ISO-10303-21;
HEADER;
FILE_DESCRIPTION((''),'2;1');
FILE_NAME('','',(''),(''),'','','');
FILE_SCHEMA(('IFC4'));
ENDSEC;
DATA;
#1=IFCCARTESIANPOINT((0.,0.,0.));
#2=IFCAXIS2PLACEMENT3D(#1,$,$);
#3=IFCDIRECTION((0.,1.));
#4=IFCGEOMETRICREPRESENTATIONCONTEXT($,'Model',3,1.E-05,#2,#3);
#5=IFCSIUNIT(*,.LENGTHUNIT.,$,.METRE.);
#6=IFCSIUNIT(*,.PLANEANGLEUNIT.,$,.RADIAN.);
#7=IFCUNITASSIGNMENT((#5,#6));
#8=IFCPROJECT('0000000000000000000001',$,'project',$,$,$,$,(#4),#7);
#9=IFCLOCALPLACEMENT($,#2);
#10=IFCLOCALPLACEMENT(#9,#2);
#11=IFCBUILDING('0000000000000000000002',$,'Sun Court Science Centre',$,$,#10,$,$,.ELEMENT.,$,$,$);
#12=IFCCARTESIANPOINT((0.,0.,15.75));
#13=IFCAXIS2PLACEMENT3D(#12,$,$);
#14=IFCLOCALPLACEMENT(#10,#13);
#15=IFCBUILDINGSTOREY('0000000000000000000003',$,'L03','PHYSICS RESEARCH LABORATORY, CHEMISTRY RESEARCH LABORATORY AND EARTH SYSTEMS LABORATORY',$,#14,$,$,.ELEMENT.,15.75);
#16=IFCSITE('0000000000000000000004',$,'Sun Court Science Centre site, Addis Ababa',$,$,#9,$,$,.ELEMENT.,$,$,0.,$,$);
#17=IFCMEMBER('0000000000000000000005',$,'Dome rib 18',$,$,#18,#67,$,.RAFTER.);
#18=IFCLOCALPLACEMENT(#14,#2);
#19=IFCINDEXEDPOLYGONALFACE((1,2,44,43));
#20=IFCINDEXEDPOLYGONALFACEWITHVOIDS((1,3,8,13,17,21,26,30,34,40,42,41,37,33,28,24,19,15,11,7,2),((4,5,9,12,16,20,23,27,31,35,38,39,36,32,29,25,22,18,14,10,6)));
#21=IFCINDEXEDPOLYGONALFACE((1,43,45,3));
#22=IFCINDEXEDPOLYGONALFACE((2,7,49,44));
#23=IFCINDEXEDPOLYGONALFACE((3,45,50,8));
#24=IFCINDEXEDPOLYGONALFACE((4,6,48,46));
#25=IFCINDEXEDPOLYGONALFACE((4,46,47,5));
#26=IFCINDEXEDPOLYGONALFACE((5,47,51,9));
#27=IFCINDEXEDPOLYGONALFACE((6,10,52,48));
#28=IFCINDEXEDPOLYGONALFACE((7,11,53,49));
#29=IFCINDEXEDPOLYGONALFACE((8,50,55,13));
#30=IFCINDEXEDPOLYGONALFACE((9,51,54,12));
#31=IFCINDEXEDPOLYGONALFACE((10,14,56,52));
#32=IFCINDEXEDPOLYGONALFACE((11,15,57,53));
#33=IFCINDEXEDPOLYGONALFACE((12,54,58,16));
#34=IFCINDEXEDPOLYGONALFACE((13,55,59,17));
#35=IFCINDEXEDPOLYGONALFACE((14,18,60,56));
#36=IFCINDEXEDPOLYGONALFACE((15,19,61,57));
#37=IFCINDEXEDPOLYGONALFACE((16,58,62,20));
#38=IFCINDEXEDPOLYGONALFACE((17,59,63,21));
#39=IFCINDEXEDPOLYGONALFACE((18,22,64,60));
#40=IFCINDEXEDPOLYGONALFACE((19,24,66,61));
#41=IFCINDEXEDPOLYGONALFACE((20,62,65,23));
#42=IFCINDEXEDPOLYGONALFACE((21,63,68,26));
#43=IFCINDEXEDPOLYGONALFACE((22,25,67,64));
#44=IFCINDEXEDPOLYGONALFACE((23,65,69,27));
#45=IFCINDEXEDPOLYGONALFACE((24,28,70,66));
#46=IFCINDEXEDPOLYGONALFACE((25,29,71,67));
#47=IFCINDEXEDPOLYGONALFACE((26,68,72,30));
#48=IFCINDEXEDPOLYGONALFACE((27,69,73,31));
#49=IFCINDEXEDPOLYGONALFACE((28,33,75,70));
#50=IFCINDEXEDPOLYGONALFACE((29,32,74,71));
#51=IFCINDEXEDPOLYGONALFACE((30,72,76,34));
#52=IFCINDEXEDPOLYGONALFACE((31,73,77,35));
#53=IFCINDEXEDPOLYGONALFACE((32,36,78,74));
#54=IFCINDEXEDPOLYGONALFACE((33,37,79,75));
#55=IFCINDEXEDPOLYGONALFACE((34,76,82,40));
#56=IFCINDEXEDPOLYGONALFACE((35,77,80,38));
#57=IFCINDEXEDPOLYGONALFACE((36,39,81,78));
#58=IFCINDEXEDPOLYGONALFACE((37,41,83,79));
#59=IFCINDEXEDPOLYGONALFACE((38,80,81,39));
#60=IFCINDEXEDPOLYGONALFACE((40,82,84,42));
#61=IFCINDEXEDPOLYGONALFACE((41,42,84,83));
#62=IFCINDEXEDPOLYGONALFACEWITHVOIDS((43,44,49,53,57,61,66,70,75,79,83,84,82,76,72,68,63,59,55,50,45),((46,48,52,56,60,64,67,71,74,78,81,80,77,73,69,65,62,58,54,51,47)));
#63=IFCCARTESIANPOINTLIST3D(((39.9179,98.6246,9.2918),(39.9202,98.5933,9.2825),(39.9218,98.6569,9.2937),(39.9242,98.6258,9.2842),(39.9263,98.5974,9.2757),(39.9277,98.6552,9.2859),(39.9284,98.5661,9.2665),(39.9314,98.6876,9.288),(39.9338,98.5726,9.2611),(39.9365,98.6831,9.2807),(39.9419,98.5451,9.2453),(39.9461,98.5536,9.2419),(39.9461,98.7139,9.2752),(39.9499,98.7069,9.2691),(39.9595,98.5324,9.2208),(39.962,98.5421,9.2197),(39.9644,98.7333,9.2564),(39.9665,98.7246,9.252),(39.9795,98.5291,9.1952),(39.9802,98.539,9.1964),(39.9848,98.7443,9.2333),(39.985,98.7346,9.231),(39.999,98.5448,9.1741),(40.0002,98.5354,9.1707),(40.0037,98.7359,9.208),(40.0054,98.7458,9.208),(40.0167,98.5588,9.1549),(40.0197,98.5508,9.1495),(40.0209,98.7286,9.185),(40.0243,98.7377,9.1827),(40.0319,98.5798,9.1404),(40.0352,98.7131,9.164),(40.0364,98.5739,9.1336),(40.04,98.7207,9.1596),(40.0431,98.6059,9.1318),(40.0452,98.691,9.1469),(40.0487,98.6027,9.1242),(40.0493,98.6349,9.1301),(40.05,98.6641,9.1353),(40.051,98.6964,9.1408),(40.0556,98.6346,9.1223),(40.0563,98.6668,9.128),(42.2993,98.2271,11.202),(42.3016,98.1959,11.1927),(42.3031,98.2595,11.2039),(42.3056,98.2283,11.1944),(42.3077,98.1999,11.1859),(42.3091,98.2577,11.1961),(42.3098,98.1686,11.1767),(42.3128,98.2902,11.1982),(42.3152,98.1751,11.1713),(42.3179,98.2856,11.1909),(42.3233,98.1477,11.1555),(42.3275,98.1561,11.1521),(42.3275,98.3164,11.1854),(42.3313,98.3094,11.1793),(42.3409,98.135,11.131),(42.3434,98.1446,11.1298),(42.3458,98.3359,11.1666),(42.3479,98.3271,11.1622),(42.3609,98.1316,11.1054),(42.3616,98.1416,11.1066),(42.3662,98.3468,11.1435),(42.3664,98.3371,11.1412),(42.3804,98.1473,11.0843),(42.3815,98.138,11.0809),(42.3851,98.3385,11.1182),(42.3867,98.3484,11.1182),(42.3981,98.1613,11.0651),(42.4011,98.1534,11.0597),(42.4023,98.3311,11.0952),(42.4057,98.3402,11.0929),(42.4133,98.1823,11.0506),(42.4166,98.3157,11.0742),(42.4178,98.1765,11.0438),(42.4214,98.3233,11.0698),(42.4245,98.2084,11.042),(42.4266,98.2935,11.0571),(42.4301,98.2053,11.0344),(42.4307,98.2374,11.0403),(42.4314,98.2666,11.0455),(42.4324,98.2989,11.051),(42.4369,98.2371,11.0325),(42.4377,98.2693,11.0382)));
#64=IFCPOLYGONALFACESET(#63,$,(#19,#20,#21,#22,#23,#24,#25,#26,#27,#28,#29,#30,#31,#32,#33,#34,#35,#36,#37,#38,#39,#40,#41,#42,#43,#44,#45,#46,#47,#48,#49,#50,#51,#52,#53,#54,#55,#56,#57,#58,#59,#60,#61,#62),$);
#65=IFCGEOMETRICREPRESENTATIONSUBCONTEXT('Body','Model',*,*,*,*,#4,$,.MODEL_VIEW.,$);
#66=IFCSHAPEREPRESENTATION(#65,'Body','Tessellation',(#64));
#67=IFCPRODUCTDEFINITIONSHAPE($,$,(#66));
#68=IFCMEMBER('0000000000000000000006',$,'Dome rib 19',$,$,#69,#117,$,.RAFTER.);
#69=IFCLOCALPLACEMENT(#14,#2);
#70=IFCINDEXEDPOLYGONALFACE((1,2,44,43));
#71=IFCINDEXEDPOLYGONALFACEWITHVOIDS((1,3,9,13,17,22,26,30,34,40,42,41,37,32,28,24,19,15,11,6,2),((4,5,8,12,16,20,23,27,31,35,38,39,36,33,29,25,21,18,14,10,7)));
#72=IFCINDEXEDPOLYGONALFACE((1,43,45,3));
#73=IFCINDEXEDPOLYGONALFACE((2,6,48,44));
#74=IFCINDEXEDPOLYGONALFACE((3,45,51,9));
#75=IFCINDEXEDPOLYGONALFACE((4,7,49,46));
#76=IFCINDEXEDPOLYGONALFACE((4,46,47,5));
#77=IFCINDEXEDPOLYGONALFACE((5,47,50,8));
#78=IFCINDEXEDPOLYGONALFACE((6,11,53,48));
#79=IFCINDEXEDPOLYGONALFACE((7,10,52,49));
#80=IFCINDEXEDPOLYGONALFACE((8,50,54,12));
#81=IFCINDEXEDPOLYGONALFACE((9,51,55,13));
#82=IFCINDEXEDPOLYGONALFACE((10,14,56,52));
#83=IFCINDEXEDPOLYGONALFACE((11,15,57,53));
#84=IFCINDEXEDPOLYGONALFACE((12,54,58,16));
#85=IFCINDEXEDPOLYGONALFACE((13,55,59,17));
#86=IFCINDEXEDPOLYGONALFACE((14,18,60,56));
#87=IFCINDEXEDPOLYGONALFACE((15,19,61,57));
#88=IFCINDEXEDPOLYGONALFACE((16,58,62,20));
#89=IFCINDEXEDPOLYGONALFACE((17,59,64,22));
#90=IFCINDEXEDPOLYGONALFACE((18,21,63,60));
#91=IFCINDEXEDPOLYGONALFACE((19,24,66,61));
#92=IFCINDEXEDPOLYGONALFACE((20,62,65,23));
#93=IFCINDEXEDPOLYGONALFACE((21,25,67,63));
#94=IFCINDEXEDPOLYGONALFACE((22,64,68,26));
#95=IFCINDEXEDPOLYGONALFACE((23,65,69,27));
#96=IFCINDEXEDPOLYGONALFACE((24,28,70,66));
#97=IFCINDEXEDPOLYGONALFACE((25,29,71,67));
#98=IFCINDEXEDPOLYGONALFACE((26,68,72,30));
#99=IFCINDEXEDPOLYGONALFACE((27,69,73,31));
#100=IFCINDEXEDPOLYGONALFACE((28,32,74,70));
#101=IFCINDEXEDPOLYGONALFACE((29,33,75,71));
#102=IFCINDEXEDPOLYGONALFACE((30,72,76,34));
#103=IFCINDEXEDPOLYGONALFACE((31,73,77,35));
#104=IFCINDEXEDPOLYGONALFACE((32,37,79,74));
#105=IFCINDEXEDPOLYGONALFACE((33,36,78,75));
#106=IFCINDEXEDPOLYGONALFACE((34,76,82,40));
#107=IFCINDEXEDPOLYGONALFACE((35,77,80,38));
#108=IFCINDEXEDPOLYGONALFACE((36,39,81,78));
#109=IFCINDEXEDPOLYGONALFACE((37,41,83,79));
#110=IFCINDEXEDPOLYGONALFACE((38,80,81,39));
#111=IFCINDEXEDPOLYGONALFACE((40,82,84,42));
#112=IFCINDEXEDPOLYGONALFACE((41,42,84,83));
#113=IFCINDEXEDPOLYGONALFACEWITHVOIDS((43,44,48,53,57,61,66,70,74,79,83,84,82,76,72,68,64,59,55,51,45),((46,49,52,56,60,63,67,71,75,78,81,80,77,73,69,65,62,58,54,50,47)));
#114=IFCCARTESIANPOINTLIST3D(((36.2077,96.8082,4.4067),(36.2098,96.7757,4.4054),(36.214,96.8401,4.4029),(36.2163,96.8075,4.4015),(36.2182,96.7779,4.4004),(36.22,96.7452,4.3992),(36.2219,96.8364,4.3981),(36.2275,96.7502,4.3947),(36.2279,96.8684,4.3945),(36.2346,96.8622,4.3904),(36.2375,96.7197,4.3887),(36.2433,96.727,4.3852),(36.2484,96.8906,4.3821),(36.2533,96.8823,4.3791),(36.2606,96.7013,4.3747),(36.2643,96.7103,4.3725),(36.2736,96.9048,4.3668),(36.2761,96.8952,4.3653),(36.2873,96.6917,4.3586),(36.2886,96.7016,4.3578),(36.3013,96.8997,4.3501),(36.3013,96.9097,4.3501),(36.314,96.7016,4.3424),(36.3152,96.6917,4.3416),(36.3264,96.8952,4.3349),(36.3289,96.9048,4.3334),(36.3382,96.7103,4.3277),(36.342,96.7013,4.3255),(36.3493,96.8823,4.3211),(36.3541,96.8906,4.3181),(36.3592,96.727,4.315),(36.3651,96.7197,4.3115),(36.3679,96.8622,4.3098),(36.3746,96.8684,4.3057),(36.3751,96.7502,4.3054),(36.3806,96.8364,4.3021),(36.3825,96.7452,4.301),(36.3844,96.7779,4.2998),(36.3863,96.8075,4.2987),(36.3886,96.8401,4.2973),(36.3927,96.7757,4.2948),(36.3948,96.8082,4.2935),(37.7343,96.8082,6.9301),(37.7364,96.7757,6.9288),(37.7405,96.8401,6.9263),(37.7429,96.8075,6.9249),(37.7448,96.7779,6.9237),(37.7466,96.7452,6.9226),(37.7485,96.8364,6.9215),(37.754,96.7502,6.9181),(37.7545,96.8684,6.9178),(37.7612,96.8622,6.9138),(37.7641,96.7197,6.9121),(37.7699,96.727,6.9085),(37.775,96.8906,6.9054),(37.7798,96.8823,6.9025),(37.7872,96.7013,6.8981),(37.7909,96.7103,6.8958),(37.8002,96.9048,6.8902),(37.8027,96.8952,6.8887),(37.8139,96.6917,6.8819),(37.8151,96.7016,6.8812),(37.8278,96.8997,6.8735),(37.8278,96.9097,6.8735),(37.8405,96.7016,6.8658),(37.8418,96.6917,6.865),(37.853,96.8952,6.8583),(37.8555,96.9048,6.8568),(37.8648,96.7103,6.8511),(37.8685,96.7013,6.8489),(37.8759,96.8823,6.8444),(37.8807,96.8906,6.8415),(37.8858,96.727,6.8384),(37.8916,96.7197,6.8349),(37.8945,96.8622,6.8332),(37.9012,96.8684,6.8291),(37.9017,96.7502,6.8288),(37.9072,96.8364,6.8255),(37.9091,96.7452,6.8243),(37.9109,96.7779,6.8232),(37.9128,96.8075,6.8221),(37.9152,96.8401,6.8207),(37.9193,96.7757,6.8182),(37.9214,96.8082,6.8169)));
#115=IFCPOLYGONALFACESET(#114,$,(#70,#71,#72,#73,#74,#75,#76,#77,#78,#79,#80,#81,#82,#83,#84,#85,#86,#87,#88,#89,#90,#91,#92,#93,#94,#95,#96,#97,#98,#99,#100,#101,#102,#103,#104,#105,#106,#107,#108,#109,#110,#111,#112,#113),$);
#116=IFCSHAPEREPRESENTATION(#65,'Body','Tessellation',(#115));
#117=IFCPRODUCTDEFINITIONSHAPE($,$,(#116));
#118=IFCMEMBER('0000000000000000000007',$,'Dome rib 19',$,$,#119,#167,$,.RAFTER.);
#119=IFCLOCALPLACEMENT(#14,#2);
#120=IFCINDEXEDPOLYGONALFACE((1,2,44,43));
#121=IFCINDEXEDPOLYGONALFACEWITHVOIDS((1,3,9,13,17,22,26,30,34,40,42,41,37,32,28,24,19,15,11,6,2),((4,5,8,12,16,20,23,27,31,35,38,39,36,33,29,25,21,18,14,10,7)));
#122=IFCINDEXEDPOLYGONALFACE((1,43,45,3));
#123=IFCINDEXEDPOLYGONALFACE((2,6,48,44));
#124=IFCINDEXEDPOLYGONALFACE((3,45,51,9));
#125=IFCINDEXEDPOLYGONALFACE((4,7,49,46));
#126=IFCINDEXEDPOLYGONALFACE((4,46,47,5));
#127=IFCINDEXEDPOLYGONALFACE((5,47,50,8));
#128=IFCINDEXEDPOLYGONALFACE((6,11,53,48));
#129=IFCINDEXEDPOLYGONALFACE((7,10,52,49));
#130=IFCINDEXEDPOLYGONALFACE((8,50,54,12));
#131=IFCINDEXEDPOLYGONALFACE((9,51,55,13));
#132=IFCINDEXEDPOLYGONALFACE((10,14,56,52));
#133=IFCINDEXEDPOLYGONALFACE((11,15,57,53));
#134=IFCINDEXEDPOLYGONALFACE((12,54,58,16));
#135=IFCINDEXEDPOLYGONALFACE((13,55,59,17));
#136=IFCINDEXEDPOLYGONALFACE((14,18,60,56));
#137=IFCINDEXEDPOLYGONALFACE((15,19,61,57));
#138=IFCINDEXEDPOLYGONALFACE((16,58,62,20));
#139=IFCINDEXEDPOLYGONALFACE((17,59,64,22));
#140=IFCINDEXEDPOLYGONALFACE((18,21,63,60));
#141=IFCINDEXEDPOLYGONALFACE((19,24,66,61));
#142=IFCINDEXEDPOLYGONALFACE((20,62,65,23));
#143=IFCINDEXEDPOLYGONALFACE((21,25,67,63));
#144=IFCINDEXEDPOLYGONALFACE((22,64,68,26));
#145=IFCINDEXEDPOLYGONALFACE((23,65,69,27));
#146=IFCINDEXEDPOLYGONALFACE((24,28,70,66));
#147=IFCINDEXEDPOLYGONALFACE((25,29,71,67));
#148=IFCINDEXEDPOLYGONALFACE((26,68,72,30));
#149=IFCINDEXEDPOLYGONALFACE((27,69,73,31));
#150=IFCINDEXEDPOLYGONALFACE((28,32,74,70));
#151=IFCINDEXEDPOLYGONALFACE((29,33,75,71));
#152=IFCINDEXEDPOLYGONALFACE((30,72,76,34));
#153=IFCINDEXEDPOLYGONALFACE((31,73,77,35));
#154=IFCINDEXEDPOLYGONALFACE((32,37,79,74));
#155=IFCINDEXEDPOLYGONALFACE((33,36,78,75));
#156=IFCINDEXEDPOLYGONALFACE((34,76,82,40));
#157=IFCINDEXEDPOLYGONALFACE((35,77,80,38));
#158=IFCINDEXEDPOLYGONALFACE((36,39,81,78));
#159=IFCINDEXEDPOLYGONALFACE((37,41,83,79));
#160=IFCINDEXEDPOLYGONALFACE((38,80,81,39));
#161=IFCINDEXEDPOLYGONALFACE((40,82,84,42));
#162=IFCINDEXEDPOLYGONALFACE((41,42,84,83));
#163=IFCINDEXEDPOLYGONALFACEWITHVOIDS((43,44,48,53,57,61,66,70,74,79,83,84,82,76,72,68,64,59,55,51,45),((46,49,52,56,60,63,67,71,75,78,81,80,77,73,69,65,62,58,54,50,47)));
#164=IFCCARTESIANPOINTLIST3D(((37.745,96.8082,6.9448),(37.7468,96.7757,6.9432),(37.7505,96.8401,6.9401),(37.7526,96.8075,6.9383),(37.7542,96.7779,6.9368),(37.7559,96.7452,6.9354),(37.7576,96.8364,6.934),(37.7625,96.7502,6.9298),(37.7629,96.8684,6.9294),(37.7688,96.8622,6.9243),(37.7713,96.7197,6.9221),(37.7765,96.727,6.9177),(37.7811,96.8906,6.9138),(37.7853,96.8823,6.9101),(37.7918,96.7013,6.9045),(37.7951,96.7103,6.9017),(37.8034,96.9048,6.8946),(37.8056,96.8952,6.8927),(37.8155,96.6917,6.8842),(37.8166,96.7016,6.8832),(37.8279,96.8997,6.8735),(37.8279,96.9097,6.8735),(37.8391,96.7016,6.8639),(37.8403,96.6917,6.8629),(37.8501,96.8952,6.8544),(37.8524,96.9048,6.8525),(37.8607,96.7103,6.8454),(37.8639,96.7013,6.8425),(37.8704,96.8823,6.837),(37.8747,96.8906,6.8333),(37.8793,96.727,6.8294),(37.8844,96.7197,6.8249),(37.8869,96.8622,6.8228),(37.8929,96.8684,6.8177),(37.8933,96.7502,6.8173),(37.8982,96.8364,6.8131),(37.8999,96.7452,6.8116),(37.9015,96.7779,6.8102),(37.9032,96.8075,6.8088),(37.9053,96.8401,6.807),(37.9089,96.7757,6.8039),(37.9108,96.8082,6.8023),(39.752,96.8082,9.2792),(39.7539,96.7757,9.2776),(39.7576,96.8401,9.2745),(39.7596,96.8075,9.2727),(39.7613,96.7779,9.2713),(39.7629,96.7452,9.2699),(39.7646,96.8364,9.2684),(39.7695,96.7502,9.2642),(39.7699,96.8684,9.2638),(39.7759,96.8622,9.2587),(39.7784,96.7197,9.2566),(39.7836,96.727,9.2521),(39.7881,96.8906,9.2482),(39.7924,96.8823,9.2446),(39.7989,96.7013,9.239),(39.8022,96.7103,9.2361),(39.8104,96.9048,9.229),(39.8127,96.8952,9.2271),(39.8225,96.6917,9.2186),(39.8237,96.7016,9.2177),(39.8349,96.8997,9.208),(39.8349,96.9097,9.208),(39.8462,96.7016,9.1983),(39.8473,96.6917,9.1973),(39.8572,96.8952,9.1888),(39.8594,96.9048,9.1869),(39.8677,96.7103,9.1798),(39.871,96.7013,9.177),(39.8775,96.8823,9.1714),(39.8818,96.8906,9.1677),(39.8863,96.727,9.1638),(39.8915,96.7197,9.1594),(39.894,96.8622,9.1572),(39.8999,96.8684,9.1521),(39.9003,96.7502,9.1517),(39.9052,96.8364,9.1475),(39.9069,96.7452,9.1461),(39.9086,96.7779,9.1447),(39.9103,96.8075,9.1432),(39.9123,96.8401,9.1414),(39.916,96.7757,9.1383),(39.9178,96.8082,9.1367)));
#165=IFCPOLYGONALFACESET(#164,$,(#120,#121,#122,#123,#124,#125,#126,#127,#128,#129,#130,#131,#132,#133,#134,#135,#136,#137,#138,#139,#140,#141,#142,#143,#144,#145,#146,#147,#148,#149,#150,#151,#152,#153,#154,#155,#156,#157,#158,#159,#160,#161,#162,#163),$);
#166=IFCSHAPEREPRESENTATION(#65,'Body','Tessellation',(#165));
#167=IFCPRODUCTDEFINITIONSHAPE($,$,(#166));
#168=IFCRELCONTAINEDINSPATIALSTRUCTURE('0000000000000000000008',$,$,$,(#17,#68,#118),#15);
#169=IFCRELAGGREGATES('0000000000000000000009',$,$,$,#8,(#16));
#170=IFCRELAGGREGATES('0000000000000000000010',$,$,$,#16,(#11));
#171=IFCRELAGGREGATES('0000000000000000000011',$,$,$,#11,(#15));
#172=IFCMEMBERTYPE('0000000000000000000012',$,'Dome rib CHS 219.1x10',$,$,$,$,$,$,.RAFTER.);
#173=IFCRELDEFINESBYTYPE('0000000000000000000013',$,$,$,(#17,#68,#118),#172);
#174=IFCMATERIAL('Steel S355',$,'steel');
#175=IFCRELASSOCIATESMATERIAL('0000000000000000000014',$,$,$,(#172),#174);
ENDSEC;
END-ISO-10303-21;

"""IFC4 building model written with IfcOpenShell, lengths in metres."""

from ifc_helpers import new_model, si_unit, direction, frame, origin, origin_2d, place, context, subcontext, project, spatial, hollow_circle, extrude, material, material_profile, profile_set, type_object, element, save


model = new_model("IFC4")

# Units and contexts
model_context = context("Model", 3, precision=1e-05, world=origin(), true_north=direction((0.0, 1.0)))
body_context = subcontext(model_context, "Body", "Model", "MODEL_VIEW")
ifc_project = project(units=[si_unit("LENGTHUNIT", "METRE"), si_unit("PLANEANGLEUNIT", "RADIAN")], contexts=[model_context])

# Site, building, storey
site_placement = place(None, origin())
site = spatial("IfcSite", under=ifc_project, at=site_placement, Name="Sun Court Science Centre site, Addis Ababa", CompositionType="ELEMENT", RefElevation=0.0)
building_placement = place(site_placement, origin())
building = spatial("IfcBuilding", under=site, at=building_placement, Name="Sun Court Science Centre", CompositionType="ELEMENT")
storey_placement = place(building_placement, frame((0.0, 0.0, 15.75)))
storey = spatial("IfcBuildingStorey", under=building, at=storey_placement, Name="L03", Description="PHYSICS RESEARCH LABORATORY, CHEMISTRY RESEARCH LABORATORY AND EARTH SYSTEMS LABORATORY", CompositionType="ELEMENT", Elevation=15.75)

# Members
ifc_material_1 = material(Name="Steel S355", Category="steel")
ifc_material_profile_1 = material_profile(ifc_material_1, hollow_circle(Radius=0.1096, WallThickness=0.01, at=origin_2d()), Name="CHS 219.1x10")
ifc_profile_set_1 = profile_set([ifc_material_profile_1], Name="Steel S355")
member_type_1 = type_object("IfcMemberType", Name="Dome rib CHS 219.1x10", PredefinedType="RAFTER", material=ifc_profile_set_1)
for number, where, z_axis, x_axis, name in (
    (1, (39.9873, 98.6377, 9.208), (0.773528, -0.129106, 0.620472), (0.164629, 0.986356, 0.0), "Dome rib 18"),
):
    element("IfcMember", number, at=place(storey_placement, frame(where, z_axis=z_axis, x_axis=x_axis)), inside=storey, type_object=member_type_1, Name=name, PredefinedType="RAFTER", context=body_context, shape_type="SweptSolid", body=[
        extrude(hollow_circle(Radius=0.1096, WallThickness=0.01, at=origin_2d()), origin(), (0.0, 0.0, 1.0), 3.0786),
    ])
member_1_placement = place(storey_placement, frame((36.3013, 96.8, 4.3501), z_axis=(0.517621, 0.0, 0.85561), x_axis=(0.0, 1.0, 0.0)))
element("IfcMember", 2, at=member_1_placement, inside=storey, type_object=member_type_1, Name="Dome rib 19", PredefinedType="RAFTER", context=body_context, shape_type="SweptSolid", body=[
    extrude(hollow_circle(Radius=0.1096, WallThickness=0.01, at=origin_2d()), origin(), (0.0, 0.0, 1.0), 2.9492),
])
for number, where, z_axis, x_axis, name in (
    (3, (37.8279, 96.8, 6.8735), (0.651934, 0.0, 0.758276), (0.0, 1.0, 0.0), "Dome rib 19"),
):
    element("IfcMember", number, at=place(storey_placement, frame(where, z_axis=z_axis, x_axis=x_axis)), inside=storey, type_object=member_type_1, Name=name, PredefinedType="RAFTER", context=body_context, shape_type="SweptSolid", body=[
        extrude(hollow_circle(Radius=0.1096, WallThickness=0.01, at=origin_2d()), origin(), (0.0, 0.0, 1.0), 3.0786),
    ])

save(model, "model.ifc")
